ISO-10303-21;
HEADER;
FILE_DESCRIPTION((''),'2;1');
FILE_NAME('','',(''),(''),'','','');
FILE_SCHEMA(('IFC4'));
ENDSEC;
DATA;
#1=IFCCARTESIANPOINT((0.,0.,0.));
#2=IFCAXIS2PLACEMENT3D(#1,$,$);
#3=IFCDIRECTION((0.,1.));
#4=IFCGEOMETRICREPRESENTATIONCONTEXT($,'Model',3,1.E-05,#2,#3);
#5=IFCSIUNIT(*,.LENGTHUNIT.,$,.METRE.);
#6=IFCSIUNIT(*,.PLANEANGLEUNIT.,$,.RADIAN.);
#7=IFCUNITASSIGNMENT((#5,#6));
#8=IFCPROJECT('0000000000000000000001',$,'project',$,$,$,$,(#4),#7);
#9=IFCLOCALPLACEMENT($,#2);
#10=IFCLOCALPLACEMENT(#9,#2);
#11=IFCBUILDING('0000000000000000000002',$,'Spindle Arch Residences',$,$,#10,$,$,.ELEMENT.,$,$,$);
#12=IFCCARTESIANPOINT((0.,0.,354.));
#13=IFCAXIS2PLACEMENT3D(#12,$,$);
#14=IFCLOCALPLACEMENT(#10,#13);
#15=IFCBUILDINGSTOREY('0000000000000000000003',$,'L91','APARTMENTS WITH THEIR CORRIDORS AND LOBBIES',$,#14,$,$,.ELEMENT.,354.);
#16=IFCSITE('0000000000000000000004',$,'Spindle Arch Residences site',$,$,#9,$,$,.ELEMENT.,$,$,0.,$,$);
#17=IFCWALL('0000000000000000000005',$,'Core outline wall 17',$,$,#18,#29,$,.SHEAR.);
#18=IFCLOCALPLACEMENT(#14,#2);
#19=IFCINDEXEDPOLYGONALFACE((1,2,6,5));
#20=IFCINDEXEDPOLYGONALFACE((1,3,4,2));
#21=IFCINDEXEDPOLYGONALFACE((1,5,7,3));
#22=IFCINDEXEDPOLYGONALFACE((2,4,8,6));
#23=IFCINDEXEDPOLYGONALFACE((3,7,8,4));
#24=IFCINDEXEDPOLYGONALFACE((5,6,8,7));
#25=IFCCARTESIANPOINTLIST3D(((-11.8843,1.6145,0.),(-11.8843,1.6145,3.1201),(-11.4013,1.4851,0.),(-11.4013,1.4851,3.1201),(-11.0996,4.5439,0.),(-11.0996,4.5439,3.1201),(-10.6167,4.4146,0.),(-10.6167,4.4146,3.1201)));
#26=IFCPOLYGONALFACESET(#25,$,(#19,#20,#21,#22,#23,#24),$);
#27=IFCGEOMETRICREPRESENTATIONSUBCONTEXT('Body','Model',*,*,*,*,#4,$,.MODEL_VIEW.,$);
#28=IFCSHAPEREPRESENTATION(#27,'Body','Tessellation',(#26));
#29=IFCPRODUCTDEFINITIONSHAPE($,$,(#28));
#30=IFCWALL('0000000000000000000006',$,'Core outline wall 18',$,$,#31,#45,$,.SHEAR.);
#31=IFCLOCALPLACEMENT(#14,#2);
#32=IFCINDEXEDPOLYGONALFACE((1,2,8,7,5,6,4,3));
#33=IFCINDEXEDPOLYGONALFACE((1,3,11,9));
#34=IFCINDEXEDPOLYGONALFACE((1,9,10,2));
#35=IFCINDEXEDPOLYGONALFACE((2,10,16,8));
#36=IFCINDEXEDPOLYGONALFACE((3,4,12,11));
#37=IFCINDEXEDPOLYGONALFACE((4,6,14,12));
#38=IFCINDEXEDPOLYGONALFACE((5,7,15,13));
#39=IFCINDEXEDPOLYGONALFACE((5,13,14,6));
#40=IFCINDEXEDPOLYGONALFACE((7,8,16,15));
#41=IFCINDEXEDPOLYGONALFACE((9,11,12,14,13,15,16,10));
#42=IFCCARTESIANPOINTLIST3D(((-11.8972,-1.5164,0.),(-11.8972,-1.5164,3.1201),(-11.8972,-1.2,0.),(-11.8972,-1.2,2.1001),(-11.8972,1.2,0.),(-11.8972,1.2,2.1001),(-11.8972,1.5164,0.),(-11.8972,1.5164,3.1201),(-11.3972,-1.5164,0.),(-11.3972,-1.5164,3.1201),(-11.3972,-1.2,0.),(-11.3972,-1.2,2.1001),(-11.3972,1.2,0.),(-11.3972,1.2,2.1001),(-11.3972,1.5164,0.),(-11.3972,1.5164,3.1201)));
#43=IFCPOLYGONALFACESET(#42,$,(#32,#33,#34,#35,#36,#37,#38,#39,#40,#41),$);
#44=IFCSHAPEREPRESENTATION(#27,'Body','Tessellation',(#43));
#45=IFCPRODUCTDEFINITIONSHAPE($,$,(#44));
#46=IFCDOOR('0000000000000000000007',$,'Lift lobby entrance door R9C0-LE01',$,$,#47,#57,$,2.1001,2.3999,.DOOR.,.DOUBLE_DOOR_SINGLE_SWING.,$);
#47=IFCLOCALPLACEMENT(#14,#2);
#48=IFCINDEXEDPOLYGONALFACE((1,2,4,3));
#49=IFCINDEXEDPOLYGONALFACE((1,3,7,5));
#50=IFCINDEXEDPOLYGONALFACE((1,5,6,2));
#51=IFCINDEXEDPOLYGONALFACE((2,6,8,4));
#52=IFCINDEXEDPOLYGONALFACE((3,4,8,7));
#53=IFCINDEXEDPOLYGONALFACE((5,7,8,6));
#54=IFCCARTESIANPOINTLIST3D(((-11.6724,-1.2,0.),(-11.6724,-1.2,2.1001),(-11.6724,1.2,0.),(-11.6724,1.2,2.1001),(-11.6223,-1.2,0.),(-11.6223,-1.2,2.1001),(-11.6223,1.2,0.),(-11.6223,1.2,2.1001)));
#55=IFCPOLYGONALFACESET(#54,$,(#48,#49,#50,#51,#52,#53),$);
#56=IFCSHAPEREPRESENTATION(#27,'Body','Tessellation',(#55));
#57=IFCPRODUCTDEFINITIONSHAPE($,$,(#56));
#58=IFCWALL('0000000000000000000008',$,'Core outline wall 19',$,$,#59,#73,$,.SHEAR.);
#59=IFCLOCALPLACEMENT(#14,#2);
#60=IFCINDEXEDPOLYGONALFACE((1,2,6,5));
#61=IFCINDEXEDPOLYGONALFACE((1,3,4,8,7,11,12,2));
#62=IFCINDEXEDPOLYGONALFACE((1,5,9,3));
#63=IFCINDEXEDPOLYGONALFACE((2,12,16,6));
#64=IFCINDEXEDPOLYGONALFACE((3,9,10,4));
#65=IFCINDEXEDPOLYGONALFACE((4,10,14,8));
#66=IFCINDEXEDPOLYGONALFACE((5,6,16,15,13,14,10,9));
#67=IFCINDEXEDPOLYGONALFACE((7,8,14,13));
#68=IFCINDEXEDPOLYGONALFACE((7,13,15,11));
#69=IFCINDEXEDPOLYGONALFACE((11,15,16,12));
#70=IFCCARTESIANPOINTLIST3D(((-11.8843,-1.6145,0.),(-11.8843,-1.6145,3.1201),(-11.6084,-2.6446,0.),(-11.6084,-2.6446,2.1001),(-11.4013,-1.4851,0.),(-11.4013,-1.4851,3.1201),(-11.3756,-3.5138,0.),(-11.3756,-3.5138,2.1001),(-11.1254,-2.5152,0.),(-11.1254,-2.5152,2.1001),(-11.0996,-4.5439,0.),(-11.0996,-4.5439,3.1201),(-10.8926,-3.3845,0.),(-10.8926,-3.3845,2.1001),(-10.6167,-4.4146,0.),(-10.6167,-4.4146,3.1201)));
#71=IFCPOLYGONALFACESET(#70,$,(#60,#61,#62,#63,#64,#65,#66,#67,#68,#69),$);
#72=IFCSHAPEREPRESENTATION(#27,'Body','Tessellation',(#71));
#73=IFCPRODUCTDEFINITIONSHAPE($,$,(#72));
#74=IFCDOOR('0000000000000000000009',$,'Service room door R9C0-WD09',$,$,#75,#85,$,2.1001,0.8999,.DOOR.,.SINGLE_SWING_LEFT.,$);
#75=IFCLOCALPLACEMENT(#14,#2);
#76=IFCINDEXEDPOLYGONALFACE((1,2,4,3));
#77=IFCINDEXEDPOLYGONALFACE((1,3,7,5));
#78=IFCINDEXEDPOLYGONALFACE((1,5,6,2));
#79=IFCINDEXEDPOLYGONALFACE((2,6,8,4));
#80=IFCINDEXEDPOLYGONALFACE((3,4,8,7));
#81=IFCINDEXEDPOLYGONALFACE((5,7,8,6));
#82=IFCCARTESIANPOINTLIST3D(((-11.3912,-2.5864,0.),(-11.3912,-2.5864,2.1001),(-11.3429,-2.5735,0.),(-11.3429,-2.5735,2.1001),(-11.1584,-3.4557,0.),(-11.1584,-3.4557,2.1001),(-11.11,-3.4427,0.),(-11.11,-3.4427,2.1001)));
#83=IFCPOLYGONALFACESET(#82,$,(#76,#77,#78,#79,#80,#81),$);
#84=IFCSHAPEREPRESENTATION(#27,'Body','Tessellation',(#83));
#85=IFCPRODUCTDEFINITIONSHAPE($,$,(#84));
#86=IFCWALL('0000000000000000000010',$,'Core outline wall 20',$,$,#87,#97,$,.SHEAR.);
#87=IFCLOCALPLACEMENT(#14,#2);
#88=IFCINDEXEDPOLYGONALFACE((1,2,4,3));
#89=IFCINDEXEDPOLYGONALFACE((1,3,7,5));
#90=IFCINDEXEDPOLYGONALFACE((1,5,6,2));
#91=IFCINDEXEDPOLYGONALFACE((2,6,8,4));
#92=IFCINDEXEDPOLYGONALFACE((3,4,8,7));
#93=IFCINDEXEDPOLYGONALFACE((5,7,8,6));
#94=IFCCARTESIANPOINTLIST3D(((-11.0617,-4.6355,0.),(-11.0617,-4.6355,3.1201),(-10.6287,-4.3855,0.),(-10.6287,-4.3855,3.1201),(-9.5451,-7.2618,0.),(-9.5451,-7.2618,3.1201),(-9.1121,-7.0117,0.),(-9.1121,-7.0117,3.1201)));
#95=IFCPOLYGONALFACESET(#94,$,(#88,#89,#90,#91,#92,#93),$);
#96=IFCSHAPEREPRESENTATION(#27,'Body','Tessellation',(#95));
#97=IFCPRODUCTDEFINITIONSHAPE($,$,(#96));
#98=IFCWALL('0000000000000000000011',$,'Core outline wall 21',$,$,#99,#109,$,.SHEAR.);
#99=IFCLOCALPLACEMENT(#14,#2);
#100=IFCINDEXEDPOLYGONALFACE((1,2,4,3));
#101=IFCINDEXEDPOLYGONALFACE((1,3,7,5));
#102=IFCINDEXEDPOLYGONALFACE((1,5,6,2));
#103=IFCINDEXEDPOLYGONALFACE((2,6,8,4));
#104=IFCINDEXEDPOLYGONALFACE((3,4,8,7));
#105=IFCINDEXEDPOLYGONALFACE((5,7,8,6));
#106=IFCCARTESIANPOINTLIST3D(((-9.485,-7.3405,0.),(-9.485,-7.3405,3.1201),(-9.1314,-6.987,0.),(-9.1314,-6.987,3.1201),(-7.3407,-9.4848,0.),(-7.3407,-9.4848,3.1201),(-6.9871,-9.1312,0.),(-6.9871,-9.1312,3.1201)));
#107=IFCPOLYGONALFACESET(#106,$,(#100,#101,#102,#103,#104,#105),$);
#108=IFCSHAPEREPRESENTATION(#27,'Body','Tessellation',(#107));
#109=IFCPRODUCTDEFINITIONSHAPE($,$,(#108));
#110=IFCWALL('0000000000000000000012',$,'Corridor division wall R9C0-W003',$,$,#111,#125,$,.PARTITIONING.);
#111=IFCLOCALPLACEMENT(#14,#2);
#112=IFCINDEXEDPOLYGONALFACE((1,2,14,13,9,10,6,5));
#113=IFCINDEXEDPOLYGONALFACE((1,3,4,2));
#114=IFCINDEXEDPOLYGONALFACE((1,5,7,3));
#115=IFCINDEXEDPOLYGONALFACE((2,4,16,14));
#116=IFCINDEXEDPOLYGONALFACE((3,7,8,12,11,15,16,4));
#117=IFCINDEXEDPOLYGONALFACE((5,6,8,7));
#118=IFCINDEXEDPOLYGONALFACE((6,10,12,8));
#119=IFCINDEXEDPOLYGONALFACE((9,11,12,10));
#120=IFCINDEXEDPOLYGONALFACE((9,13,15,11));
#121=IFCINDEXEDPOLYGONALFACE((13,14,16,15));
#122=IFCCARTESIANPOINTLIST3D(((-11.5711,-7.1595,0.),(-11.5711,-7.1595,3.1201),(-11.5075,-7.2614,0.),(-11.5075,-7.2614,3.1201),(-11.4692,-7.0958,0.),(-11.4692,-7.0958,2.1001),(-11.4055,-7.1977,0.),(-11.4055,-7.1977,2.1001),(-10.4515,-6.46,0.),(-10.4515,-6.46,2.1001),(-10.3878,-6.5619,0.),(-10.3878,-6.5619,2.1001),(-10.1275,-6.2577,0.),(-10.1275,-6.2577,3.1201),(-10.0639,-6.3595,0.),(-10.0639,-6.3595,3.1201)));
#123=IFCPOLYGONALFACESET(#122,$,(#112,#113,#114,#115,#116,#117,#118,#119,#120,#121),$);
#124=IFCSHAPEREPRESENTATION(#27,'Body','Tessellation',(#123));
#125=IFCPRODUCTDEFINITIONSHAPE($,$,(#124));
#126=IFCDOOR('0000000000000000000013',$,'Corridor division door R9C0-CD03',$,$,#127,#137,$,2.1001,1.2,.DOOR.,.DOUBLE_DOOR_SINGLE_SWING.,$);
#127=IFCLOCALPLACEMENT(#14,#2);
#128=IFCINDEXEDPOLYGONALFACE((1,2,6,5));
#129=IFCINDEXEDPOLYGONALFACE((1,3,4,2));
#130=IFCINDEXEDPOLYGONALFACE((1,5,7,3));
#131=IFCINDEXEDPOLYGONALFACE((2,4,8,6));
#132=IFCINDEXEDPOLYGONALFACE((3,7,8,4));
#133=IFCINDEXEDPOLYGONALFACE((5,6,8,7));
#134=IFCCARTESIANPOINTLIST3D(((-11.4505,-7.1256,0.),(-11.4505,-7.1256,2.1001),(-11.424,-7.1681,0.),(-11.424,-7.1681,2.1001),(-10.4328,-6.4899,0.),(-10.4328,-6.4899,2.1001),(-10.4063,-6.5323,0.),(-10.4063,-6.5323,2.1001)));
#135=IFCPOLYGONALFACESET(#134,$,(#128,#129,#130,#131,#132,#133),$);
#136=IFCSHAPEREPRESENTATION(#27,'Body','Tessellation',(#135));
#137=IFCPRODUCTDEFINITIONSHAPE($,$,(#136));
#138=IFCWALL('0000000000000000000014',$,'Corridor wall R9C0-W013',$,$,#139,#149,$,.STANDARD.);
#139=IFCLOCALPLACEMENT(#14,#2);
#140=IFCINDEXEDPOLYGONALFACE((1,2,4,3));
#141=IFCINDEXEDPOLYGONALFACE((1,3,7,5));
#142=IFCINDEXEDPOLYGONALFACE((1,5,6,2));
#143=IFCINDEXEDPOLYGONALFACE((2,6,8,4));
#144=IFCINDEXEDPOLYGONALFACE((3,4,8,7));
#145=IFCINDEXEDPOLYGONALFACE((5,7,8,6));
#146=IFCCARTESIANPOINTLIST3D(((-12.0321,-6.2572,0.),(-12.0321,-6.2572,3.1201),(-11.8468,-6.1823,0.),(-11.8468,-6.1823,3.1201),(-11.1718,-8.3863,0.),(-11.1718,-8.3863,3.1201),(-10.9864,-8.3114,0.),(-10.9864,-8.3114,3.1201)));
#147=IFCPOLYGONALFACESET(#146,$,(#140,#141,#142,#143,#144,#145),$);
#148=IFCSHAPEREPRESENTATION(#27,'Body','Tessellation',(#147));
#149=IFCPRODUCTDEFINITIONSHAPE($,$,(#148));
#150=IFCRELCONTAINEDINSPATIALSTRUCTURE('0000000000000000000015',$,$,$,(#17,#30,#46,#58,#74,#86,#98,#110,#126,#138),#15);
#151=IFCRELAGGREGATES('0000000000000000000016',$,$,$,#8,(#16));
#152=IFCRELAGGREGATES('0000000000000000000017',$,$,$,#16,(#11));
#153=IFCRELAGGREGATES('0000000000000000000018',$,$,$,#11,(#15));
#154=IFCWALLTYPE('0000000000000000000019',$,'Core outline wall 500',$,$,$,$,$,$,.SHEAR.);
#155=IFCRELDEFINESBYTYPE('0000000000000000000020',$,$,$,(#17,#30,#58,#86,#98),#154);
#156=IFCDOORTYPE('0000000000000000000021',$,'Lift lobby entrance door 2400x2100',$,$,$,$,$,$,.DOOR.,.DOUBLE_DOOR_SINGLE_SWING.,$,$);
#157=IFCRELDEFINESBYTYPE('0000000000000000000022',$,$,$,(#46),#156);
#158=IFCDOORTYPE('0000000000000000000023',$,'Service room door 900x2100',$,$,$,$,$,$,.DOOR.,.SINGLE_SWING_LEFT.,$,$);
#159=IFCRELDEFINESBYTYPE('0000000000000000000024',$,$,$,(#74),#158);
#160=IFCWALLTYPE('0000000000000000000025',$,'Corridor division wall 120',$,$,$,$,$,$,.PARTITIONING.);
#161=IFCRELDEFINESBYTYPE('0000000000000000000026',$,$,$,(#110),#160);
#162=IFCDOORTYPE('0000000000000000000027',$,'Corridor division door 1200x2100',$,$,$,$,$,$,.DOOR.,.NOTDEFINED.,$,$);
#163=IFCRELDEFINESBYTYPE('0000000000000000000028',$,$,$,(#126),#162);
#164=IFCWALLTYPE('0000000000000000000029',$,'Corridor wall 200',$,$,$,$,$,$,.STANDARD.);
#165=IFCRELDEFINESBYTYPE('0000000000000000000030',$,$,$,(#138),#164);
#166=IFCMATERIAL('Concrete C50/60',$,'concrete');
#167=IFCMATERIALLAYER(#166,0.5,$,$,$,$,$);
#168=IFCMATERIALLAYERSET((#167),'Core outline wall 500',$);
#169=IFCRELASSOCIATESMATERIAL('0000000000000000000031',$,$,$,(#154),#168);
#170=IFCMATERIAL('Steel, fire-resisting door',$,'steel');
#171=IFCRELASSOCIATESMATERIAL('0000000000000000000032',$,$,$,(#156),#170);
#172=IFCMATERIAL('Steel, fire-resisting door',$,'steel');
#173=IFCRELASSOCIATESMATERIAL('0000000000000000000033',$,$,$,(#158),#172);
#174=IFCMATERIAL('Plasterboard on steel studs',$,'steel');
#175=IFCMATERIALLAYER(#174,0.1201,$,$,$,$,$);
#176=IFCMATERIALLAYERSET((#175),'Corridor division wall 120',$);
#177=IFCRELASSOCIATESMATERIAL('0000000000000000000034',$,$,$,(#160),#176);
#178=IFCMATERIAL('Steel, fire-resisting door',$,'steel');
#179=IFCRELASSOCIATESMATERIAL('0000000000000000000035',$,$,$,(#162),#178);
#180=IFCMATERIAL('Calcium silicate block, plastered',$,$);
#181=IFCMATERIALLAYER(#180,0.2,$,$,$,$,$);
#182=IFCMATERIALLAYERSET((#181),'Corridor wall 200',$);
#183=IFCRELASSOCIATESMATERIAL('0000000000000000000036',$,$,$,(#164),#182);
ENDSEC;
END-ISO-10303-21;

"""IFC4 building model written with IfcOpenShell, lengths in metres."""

from ifc_helpers import new_model, si_unit, direction, frame, frame_2d, origin, place, context, subcontext, project, spatial, rectangle, extrude, material, layer, layer_set, type_object, element, fill, save


model = new_model("IFC4")

# Units and contexts
model_context = context("Model", 3, precision=1e-05, world=origin(), true_north=direction((0.0, 1.0)))
body_context = subcontext(model_context, "Body", "Model", "MODEL_VIEW")
ifc_project = project(units=[si_unit("LENGTHUNIT", "METRE"), si_unit("PLANEANGLEUNIT", "RADIAN")], contexts=[model_context])

# Site, building, storey
site_placement = place(None, origin())
site = spatial("IfcSite", under=ifc_project, at=site_placement, Name="Spindle Arch Residences site", CompositionType="ELEMENT", RefElevation=0.0)
building_placement = place(site_placement, origin())
building = spatial("IfcBuilding", under=site, at=building_placement, Name="Spindle Arch Residences", CompositionType="ELEMENT")
storey_placement = place(building_placement, frame((0.0, 0.0, 354.0)))
storey = spatial("IfcBuildingStorey", under=building, at=storey_placement, Name="L91", Description="APARTMENTS WITH THEIR CORRIDORS AND LOBBIES", CompositionType="ELEMENT", Elevation=354.0)

# Wall
ifc_material_1 = material(Name="Concrete C50/60", Category="concrete")
ifc_layer_1 = layer(ifc_material_1, 0.5)
ifc_layer_set_1 = layer_set([ifc_layer_1], Name="Core outline wall 500")
wall_type_1 = type_object("IfcWallType", Name="Core outline wall 500", PredefinedType="SHEAR", material=ifc_layer_set_1)
wall_1_placement = place(storey_placement, frame((-10.8582, 4.4792, 0.0), z_axis=(0.0, 0.0, 1.0), x_axis=(-0.258735, -0.965948, 0.0)))
element("IfcWall", 1, at=wall_1_placement, inside=storey, type_object=wall_type_1, Name="Core outline wall 17", PredefinedType="SHEAR", context=body_context, shape_type="SweptSolid", body=[
    extrude(rectangle(XDim=3.0327, YDim=0.5, at=frame_2d((1.5164, 0.0))), origin(), (0.0, 0.0, 1.0), 3.1201),
])

# Walls, openings, doors
wall_2_placement = place(storey_placement, frame((-11.6472, 1.5164, 0.0), z_axis=(0.0, 0.0, 1.0), x_axis=(0.0, -1.0, 0.0)))
wall_2 = element("IfcWall", 2, at=wall_2_placement, inside=storey, type_object=wall_type_1, Name="Core outline wall 18", PredefinedType="SHEAR", context=body_context, shape_type="SweptSolid", body=[
    extrude(rectangle(XDim=3.0327, YDim=0.5, at=frame_2d((1.5164, 0.0))), origin(), (0.0, 0.0, 1.0), 3.1201),
])
opening_1_placement = place(wall_2_placement, frame((0.3164, 0.0, 0.0)))
opening_1 = element("IfcOpeningElement", 3, at=opening_1_placement, cuts=wall_2, PredefinedType="OPENING", context=body_context, shape_type="SweptSolid", body=[
    extrude(rectangle(XDim=2.3999, YDim=2.1001, at=frame_2d((1.2, 1.05))), frame((0.0, 0.26, 0.0), z_axis=(0.0, -1.0, 0.0), x_axis=(1.0, 0.0, 0.0)), (0.0, 0.0, 1.0), 0.52),
])
ifc_material_2 = material(Name="Steel, fire-resisting door", Category="steel")
door_type_1 = type_object("IfcDoorType", Name="Lift lobby entrance door 2400x2100", OperationType="DOUBLE_DOOR_SINGLE_SWING", PredefinedType="DOOR", material=ifc_material_2)
door_1_placement = place(opening_1_placement, origin())
door_1 = element("IfcDoor", 4, at=door_1_placement, inside=storey, type_object=door_type_1, Name="Lift lobby entrance door R9C0-LE01", OperationType="DOUBLE_DOOR_SINGLE_SWING", OverallHeight=2.1001, OverallWidth=2.3999, PredefinedType="DOOR", context=body_context, shape_type="SweptSolid", body=[
    extrude(rectangle(XDim=2.3999, YDim=2.1001, at=frame_2d((1.2, 1.05))), frame((0.0, 0.0249, 0.0), z_axis=(0.0, -1.0, 0.0), x_axis=(1.0, 0.0, 0.0)), (0.0, 0.0, 1.0), 0.05),
])
fill(opening_1, door_1)
wall_3_placement = place(storey_placement, frame((-11.6428, -1.5498, 0.0), z_axis=(0.0, 0.0, 1.0), x_axis=(0.258735, -0.965948, 0.0)))
wall_3 = element("IfcWall", 5, at=wall_3_placement, inside=storey, type_object=wall_type_1, Name="Core outline wall 19", PredefinedType="SHEAR", context=body_context, shape_type="SweptSolid", body=[
    extrude(rectangle(XDim=3.0327, YDim=0.5, at=frame_2d((1.5164, 0.0))), origin(), (0.0, 0.0, 1.0), 3.1201),
])
opening_2_placement = place(wall_3_placement, frame((1.0664, 0.0, 0.0)))
opening_2 = element("IfcOpeningElement", 6, at=opening_2_placement, cuts=wall_3, PredefinedType="OPENING", context=body_context, shape_type="SweptSolid", body=[
    extrude(rectangle(XDim=0.8999, YDim=2.1001, at=frame_2d((0.45, 1.05))), frame((0.0, 0.26, 0.0), z_axis=(0.0, -1.0, 0.0), x_axis=(1.0, 0.0, 0.0)), (0.0, 0.0, 1.0), 0.52),
])
ifc_material_3 = material(Name="Steel, fire-resisting door", Category="steel")
door_type_2 = type_object("IfcDoorType", Name="Service room door 900x2100", OperationType="SINGLE_SWING_LEFT", PredefinedType="DOOR", material=ifc_material_3)
door_2_placement = place(opening_2_placement, origin())
door_2 = element("IfcDoor", 7, at=door_2_placement, inside=storey, type_object=door_type_2, Name="Service room door R9C0-WD09", OperationType="SINGLE_SWING_LEFT", OverallHeight=2.1001, OverallWidth=0.8999, PredefinedType="DOOR", context=body_context, shape_type="SweptSolid", body=[
    extrude(rectangle(XDim=0.8999, YDim=2.1001, at=frame_2d((0.45, 1.05))), frame((0.0, 0.0249, 0.0), z_axis=(0.0, -1.0, 0.0), x_axis=(1.0, 0.0, 0.0)), (0.0, 0.0, 1.0), 0.05),
])
fill(opening_2, door_2)

# Walls
wall_4_placement = place(storey_placement, frame((-10.8452, -4.5105, 0.0), z_axis=(0.0, 0.0, 1.0), x_axis=(0.500087, -0.865975, 0.0)))
element("IfcWall", 8, at=wall_4_placement, inside=storey, type_object=wall_type_1, Name="Core outline wall 20", PredefinedType="SHEAR", context=body_context, shape_type="SweptSolid", body=[
    extrude(rectangle(XDim=3.0327, YDim=0.5, at=frame_2d((1.5164, 0.0))), origin(), (0.0, 0.0, 1.0), 3.1201),
])
wall_5_placement = place(storey_placement, frame((-9.3081, -7.1638, 0.0), z_axis=(0.0, 0.0, 1.0), x_axis=(0.707107, -0.707107, 0.0)))
element("IfcWall", 9, at=wall_5_placement, inside=storey, type_object=wall_type_1, Name="Core outline wall 21", PredefinedType="SHEAR", context=body_context, shape_type="SweptSolid", body=[
    extrude(rectangle(XDim=3.0325, YDim=0.5, at=frame_2d((1.5161, 0.0))), origin(), (0.0, 0.0, 1.0), 3.1201),
])

# Wall, opening, door
ifc_material_4 = material(Name="Plasterboard on steel studs", Category="steel")
ifc_layer_2 = layer(ifc_material_4, 0.1201)
ifc_layer_set_2 = layer_set([ifc_layer_2], Name="Corridor division wall 120")
wall_type_2 = type_object("IfcWallType", Name="Corridor division wall 120", PredefinedType="PARTITIONING", material=ifc_layer_set_2)
wall_6_placement = place(storey_placement, frame((-11.5393, -7.2104, 0.0), z_axis=(0.0, 0.0, 1.0), x_axis=(0.848103, 0.529831, 0.0)))
wall_6 = element("IfcWall", 10, at=wall_6_placement, inside=storey, type_object=wall_type_2, Name="Corridor division wall R9C0-W003", PredefinedType="PARTITIONING", context=body_context, shape_type="SweptSolid", body=[
    extrude(rectangle(XDim=1.7021, YDim=0.1201, at=frame_2d((0.8511, 0.0))), origin(), (0.0, 0.0, 1.0), 3.1201),
])
opening_3_placement = place(wall_6_placement, frame((0.1201, 0.0, 0.0)))
opening_3 = element("IfcOpeningElement", 11, at=opening_3_placement, cuts=wall_6, PredefinedType="OPENING", context=body_context, shape_type="SweptSolid", body=[
    extrude(rectangle(XDim=1.2, YDim=2.1001, at=frame_2d((0.6001, 1.05))), frame((0.0, 0.0701, 0.0), z_axis=(0.0, -1.0, 0.0), x_axis=(1.0, 0.0, 0.0)), (0.0, 0.0, 1.0), 0.1401),
])
ifc_material_5 = material(Name="Steel, fire-resisting door", Category="steel")
door_type_3 = type_object("IfcDoorType", Name="Corridor division door 1200x2100", OperationType="NOTDEFINED", PredefinedType="DOOR", material=ifc_material_5)
door_3_placement = place(opening_3_placement, origin())
door_3 = element("IfcDoor", 12, at=door_3_placement, inside=storey, type_object=door_type_3, Name="Corridor division door R9C0-CD03", OperationType="DOUBLE_DOOR_SINGLE_SWING", OverallHeight=2.1001, OverallWidth=1.2, PredefinedType="DOOR", context=body_context, shape_type="SweptSolid", body=[
    extrude(rectangle(XDim=1.2, YDim=2.1001, at=frame_2d((0.6001, 1.05))), frame((0.0, 0.0249, 0.0), z_axis=(0.0, -1.0, 0.0), x_axis=(1.0, 0.0, 0.0)), (0.0, 0.0, 1.0), 0.05),
])
fill(opening_3, door_3)

# Wall
ifc_material_6 = material(Name="Calcium silicate block, plastered")
ifc_layer_3 = layer(ifc_material_6, 0.2)
ifc_layer_set_3 = layer_set([ifc_layer_3], Name="Corridor wall 200")
wall_type_3 = type_object("IfcWallType", Name="Corridor wall 200", PredefinedType="STANDARD", material=ifc_layer_set_3)
wall_7_placement = place(storey_placement, frame((-11.9395, -6.2197, 0.0), z_axis=(0.0, 0.0, 1.0), x_axis=(0.374651, -0.927166, 0.0)))
element("IfcWall", 13, at=wall_7_placement, inside=storey, type_object=wall_type_3, Name="Corridor wall R9C0-W013", PredefinedType="STANDARD", context=body_context, shape_type="SweptSolid", body=[
    extrude(rectangle(XDim=2.2964, YDim=0.2, at=frame_2d((1.1482, 0.0))), origin(), (0.0, 0.0, 1.0), 3.1201),
])

save(model, "model.ifc")
